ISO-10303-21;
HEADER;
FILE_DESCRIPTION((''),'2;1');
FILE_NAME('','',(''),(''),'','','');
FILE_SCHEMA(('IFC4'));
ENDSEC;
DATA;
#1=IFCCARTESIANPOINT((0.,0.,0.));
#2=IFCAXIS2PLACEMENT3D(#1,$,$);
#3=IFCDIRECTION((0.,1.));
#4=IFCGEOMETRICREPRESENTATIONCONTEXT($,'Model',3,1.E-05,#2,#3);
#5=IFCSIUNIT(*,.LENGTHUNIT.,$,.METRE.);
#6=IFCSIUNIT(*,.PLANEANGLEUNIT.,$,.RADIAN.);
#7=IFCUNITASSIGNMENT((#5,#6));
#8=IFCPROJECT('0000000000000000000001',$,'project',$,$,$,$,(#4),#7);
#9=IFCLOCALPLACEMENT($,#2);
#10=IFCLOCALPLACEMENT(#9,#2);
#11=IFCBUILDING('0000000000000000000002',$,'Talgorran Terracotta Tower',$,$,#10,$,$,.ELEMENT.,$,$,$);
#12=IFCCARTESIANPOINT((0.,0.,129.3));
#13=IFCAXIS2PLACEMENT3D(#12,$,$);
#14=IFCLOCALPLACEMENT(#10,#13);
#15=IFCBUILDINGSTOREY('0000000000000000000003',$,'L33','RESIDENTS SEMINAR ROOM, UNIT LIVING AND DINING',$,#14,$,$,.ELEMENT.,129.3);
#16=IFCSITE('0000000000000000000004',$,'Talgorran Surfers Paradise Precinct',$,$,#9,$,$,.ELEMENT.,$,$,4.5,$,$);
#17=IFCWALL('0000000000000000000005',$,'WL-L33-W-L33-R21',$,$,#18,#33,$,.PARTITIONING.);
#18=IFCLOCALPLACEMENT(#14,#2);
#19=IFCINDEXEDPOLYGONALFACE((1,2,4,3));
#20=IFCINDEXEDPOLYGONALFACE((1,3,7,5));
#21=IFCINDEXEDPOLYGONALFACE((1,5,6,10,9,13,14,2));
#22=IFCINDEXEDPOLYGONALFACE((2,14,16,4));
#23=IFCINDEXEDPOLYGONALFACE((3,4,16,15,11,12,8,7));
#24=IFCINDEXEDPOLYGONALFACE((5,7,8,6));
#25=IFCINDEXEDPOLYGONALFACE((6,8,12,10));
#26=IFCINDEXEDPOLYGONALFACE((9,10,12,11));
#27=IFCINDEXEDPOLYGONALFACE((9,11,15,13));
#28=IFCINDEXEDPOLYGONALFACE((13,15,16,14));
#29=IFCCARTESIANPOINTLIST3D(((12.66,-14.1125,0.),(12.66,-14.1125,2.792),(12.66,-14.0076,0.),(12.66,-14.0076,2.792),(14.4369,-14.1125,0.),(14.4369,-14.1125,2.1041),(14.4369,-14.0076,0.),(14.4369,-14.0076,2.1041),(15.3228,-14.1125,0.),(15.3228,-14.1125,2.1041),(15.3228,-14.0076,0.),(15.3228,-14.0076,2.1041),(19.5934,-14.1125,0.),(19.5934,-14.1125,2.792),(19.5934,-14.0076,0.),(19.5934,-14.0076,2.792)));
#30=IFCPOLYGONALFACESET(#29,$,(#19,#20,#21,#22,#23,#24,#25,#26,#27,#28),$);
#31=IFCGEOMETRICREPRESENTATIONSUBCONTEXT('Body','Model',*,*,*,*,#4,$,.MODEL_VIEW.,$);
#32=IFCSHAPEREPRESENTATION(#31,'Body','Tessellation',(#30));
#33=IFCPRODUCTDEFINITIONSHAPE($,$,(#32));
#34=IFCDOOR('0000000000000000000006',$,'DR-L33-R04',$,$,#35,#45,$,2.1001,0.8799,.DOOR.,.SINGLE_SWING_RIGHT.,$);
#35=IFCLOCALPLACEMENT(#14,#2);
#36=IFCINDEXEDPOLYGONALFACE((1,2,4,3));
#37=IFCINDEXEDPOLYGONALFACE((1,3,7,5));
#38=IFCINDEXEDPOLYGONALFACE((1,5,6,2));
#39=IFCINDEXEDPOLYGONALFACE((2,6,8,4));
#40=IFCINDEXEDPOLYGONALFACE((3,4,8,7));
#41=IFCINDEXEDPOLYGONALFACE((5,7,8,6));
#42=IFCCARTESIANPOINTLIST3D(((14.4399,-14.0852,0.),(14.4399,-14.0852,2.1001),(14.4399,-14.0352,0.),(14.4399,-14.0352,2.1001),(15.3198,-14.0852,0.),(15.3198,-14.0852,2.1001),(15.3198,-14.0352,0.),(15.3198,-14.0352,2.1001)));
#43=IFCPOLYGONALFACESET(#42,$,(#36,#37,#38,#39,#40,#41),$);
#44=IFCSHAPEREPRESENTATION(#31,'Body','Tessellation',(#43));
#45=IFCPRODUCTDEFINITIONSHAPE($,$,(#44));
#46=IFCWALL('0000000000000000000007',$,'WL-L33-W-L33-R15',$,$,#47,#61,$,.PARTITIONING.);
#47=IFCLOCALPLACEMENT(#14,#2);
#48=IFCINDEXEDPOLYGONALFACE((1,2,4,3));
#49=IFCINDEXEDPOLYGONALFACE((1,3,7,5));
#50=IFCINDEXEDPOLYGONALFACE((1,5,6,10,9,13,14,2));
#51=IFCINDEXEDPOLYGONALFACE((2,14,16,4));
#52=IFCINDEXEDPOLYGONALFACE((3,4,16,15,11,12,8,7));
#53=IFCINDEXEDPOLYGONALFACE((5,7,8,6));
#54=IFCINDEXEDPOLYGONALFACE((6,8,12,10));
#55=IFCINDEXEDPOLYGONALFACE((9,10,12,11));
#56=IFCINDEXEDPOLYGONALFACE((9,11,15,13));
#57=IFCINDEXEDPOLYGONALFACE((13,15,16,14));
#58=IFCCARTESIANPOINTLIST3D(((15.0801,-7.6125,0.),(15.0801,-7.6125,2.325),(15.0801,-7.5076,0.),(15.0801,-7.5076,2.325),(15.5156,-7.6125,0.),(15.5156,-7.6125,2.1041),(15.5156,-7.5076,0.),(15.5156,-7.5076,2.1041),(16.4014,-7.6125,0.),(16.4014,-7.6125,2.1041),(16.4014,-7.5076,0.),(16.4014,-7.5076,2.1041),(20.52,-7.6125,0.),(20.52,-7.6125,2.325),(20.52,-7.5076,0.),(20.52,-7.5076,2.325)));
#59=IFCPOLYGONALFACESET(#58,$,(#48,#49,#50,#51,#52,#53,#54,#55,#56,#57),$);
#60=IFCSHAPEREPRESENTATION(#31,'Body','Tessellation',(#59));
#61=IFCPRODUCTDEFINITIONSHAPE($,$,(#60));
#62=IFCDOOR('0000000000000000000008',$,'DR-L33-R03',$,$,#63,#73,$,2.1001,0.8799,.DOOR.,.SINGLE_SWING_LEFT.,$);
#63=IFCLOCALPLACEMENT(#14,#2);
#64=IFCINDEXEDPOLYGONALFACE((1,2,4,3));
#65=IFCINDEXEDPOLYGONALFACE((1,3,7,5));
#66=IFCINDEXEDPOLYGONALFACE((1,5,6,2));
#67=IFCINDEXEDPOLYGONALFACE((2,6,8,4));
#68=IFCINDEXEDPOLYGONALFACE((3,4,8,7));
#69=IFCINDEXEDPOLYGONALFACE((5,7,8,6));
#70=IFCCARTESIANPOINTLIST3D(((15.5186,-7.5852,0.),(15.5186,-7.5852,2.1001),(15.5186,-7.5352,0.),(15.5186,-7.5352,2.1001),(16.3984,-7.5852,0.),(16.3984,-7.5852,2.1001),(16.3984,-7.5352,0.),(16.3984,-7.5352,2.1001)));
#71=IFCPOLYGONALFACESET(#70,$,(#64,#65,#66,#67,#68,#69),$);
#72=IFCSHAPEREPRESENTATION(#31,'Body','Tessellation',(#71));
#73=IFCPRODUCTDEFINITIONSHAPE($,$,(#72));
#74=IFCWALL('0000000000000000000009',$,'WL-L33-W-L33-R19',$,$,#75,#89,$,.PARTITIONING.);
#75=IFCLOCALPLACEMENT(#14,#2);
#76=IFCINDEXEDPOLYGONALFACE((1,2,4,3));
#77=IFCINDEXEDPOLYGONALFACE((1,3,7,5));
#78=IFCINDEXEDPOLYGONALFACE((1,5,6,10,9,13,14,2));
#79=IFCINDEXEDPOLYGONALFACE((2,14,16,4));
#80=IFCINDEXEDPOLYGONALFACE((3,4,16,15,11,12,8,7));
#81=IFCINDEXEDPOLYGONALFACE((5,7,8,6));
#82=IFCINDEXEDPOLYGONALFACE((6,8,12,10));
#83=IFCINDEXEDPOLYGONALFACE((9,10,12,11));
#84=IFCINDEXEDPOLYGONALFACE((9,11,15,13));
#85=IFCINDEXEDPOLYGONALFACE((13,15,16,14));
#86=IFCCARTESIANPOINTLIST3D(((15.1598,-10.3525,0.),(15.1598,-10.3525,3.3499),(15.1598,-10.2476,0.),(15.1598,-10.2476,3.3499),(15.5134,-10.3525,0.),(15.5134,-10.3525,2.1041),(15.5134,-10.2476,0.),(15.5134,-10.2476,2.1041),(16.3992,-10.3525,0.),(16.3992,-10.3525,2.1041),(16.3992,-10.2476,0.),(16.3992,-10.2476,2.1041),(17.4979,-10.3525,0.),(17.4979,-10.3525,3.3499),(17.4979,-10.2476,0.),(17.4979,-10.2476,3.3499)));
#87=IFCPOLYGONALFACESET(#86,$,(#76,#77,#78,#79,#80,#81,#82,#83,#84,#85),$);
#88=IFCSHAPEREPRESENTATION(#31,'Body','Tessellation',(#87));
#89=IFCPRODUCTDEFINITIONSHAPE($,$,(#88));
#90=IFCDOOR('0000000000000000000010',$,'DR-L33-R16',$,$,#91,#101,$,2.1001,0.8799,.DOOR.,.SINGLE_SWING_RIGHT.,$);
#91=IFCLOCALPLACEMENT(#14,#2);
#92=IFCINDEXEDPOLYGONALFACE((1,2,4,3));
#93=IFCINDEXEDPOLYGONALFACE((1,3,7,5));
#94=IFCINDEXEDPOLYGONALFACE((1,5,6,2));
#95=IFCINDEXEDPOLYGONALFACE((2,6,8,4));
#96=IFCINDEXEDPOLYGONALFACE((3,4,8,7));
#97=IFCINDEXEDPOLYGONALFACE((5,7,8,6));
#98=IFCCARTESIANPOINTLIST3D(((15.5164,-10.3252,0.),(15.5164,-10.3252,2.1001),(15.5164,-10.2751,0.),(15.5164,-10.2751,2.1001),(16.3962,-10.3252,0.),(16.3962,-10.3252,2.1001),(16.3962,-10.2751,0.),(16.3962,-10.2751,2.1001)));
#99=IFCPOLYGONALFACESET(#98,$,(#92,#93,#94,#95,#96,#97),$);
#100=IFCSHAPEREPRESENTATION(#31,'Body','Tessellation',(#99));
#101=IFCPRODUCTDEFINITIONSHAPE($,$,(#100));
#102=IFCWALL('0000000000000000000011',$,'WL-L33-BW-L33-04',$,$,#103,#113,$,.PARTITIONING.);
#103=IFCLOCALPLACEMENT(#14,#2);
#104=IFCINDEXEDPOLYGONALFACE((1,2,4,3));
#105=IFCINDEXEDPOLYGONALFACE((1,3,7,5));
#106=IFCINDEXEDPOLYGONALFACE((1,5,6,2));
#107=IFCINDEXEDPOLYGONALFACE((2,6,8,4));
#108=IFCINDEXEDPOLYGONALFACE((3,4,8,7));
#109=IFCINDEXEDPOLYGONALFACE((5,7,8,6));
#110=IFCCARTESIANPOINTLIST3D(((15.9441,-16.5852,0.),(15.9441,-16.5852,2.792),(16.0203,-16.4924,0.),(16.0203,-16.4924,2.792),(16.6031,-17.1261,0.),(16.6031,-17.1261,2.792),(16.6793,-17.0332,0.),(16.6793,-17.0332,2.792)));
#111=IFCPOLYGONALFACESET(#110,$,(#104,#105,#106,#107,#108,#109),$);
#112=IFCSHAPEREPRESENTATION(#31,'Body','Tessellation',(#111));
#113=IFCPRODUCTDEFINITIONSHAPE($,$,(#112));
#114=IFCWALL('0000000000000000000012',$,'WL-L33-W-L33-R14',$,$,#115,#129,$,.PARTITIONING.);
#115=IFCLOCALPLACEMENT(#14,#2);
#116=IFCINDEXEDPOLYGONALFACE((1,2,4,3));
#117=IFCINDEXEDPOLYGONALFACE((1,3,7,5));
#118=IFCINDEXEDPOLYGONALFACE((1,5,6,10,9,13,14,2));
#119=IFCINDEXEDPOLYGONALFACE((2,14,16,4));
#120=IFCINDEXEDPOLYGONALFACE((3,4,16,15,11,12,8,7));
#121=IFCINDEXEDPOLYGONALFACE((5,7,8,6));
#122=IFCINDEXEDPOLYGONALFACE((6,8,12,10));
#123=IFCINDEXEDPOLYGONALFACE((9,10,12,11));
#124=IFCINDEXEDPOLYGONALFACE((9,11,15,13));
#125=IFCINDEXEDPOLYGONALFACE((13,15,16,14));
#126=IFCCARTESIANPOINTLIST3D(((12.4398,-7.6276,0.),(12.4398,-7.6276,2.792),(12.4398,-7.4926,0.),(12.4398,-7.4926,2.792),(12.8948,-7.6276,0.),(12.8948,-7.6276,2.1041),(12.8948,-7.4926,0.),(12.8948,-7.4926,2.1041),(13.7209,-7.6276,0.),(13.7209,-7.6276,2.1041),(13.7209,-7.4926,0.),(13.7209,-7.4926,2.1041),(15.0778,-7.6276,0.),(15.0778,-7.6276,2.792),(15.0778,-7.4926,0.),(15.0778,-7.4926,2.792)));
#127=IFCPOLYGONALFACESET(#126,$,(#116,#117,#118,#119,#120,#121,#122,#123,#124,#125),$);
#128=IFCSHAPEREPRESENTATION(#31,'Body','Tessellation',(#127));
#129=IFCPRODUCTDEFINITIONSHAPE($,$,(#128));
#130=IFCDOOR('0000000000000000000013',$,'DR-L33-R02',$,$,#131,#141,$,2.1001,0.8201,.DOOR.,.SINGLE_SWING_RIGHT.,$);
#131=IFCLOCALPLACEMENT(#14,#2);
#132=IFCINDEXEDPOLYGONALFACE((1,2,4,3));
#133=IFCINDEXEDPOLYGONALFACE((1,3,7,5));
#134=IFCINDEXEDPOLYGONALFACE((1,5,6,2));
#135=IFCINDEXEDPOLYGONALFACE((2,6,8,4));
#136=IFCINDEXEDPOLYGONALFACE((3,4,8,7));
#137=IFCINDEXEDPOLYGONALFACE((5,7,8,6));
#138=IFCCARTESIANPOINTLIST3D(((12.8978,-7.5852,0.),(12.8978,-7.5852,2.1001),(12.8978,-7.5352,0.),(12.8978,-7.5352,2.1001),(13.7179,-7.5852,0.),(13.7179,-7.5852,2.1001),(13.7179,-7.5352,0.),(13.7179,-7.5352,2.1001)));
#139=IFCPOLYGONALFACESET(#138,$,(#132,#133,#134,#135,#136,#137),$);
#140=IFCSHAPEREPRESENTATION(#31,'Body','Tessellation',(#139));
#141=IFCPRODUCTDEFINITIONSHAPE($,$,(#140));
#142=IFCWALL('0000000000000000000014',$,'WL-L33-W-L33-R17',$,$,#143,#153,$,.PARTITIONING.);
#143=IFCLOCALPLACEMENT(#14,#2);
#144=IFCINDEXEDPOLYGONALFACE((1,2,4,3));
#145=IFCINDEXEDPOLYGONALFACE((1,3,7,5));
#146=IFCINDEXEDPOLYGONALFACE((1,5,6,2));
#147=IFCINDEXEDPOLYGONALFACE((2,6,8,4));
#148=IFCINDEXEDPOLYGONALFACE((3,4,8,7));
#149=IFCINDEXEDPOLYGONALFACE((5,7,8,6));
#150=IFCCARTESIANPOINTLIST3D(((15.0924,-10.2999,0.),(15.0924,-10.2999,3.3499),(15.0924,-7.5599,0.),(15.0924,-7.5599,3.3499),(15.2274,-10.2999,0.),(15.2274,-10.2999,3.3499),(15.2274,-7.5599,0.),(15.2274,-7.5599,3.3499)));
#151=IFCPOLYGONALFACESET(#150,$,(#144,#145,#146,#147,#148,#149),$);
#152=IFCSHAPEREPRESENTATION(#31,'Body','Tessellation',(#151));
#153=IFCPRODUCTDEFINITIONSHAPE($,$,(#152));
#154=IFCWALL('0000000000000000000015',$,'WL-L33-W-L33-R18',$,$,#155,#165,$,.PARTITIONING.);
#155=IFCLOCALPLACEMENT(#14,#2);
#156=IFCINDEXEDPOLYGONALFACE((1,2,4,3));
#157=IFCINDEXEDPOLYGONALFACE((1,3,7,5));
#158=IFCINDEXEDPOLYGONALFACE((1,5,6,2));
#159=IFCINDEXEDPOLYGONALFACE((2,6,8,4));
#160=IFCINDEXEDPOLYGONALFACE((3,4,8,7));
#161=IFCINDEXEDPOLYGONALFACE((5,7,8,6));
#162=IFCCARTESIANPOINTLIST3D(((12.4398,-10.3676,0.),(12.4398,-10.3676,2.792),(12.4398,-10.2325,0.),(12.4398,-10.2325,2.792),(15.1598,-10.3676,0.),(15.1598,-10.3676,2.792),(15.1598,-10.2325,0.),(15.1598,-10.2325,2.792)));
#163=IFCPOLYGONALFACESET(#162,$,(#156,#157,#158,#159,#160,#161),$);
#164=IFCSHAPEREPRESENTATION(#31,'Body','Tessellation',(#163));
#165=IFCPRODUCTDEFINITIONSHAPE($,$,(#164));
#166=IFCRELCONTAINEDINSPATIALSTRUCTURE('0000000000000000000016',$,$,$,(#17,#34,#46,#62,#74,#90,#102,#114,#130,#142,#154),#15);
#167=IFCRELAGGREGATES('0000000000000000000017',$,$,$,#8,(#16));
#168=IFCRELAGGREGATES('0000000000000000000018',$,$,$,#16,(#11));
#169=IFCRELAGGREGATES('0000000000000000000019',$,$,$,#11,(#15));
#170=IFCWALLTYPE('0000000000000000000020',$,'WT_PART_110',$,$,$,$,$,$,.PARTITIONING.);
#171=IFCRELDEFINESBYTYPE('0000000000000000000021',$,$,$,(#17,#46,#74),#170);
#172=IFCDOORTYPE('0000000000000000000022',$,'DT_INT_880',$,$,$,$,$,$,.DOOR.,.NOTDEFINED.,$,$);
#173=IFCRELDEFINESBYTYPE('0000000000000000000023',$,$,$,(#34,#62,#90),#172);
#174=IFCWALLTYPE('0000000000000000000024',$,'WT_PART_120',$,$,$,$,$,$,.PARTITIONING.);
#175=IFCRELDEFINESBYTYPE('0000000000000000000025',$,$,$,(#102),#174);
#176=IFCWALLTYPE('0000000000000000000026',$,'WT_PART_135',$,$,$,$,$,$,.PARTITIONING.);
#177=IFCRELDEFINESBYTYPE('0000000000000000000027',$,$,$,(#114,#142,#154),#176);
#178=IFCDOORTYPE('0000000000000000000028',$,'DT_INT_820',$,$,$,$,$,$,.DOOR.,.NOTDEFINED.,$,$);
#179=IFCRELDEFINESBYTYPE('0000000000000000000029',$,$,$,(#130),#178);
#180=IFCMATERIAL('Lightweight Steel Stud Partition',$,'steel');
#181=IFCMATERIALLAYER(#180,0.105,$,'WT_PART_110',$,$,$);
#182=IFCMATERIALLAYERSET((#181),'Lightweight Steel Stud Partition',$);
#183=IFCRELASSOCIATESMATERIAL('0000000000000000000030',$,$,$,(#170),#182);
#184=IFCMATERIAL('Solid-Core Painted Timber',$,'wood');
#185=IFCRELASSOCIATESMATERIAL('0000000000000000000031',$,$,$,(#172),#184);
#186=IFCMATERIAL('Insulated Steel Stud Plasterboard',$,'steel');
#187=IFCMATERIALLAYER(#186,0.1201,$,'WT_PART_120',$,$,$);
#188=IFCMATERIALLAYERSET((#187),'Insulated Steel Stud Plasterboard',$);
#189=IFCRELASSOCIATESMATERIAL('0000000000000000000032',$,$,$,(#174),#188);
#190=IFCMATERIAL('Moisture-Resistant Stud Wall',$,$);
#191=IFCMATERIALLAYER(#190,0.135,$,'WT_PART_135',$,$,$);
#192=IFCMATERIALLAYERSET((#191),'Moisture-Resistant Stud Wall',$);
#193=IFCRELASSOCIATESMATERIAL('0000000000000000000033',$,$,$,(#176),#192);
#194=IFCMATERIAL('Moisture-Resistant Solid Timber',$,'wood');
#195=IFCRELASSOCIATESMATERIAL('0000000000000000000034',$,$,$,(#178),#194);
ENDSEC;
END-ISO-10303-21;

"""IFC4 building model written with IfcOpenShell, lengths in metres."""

from ifc_helpers import new_model, si_unit, direction, frame, frame_2d, origin, place, context, subcontext, project, spatial, rectangle, extrude, material, layer, layer_set, type_object, element, fill, save


model = new_model("IFC4")

# Units and contexts
model_context = context("Model", 3, precision=1e-05, world=origin(), true_north=direction((0.0, 1.0)))
body_context = subcontext(model_context, "Body", "Model", "MODEL_VIEW")
ifc_project = project(units=[si_unit("LENGTHUNIT", "METRE"), si_unit("PLANEANGLEUNIT", "RADIAN")], contexts=[model_context])

# Site, building, storey
site_placement = place(None, origin())
site = spatial("IfcSite", under=ifc_project, at=site_placement, Name="Talgorran Surfers Paradise Precinct", CompositionType="ELEMENT", RefElevation=4.5)
building_placement = place(site_placement, origin())
building = spatial("IfcBuilding", under=site, at=building_placement, Name="Talgorran Terracotta Tower", CompositionType="ELEMENT")
storey_placement = place(building_placement, frame((0.0, 0.0, 129.3)))
storey = spatial("IfcBuildingStorey", under=building, at=storey_placement, Name="L33", Description="RESIDENTS SEMINAR ROOM, UNIT LIVING AND DINING", CompositionType="ELEMENT", Elevation=129.3)

# Walls, openings, doors
ifc_material_1 = material(Name="Lightweight Steel Stud Partition", Category="steel")
ifc_layer_1 = layer(ifc_material_1, 0.105, Name="WT_PART_110")
ifc_layer_set_1 = layer_set([ifc_layer_1], Name="Lightweight Steel Stud Partition")
wall_type_1 = type_object("IfcWallType", Name="WT_PART_110", PredefinedType="PARTITIONING", material=ifc_layer_set_1)
wall_1_placement = place(storey_placement, frame((12.6599, -14.0601, 0.0), z_axis=(0.0, 0.0, 1.0), x_axis=(1.0, 0.0, 0.0)))
wall_1 = element("IfcWall", 1, at=wall_1_placement, inside=storey, type_object=wall_type_1, Name="WL-L33-W-L33-R21", PredefinedType="PARTITIONING", context=body_context, shape_type="SweptSolid", body=[
    extrude(rectangle(XDim=6.9333, YDim=0.105, at=frame_2d((3.4668, 0.0))), origin(), (0.0, 0.0, 1.0), 2.792),
])
opening_1_placement = place(wall_1_placement, frame((1.78, 0.0, 0.0)))
opening_1 = element("IfcOpeningElement", 2, at=opening_1_placement, cuts=wall_1, PredefinedType="OPENING", context=body_context, shape_type="SweptSolid", body=[
    extrude(rectangle(XDim=0.8859, YDim=2.1041, at=frame_2d((0.4399, 1.052))), frame((0.0, 0.0625, 0.0), z_axis=(0.0, -1.0, 0.0), x_axis=(1.0, 0.0, 0.0)), (0.0, 0.0, 1.0), 0.125),
])
ifc_material_2 = material(Name="Solid-Core Painted Timber", Category="wood")
door_type_1 = type_object("IfcDoorType", Name="DT_INT_880", OperationType="NOTDEFINED", PredefinedType="DOOR", material=ifc_material_2)
door_1_placement = place(opening_1_placement, origin())
door_1 = element("IfcDoor", 3, at=door_1_placement, inside=storey, type_object=door_type_1, Name="DR-L33-R04", OperationType="SINGLE_SWING_RIGHT", OverallHeight=2.1001, OverallWidth=0.8799, PredefinedType="DOOR", context=body_context, shape_type="SweptSolid", body=[
    extrude(rectangle(XDim=0.8799, YDim=2.1001, at=frame_2d((0.4399, 1.05))), frame((0.0, 0.0249, 0.0), z_axis=(0.0, -1.0, 0.0), x_axis=(1.0, 0.0, 0.0)), (0.0, 0.0, 1.0), 0.05),
])
fill(opening_1, door_1)
wall_2_placement = place(storey_placement, frame((15.0801, -7.5601, 0.0), z_axis=(0.0, 0.0, 1.0), x_axis=(1.0, 0.0, 0.0)))
wall_2 = element("IfcWall", 4, at=wall_2_placement, inside=storey, type_object=wall_type_1, Name="WL-L33-W-L33-R15", PredefinedType="PARTITIONING", context=body_context, shape_type="SweptSolid", body=[
    extrude(rectangle(XDim=5.4399, YDim=0.105, at=frame_2d((2.72, 0.0))), origin(), (0.0, 0.0, 1.0), 2.325),
])
opening_2_placement = place(wall_2_placement, frame((0.4385, 0.0, 0.0)))
opening_2 = element("IfcOpeningElement", 5, at=opening_2_placement, cuts=wall_2, PredefinedType="OPENING", context=body_context, shape_type="SweptSolid", body=[
    extrude(rectangle(XDim=0.8859, YDim=2.1041, at=frame_2d((0.4399, 1.052))), frame((0.0, 0.0625, 0.0), z_axis=(0.0, -1.0, 0.0), x_axis=(1.0, 0.0, 0.0)), (0.0, 0.0, 1.0), 0.125),
])
door_2_placement = place(opening_2_placement, origin())
door_2 = element("IfcDoor", 6, at=door_2_placement, inside=storey, type_object=door_type_1, Name="DR-L33-R03", OperationType="SINGLE_SWING_LEFT", OverallHeight=2.1001, OverallWidth=0.8799, PredefinedType="DOOR", context=body_context, shape_type="SweptSolid", body=[
    extrude(rectangle(XDim=0.8799, YDim=2.1001, at=frame_2d((0.4399, 1.05))), frame((0.0, 0.0249, 0.0), z_axis=(0.0, -1.0, 0.0), x_axis=(1.0, 0.0, 0.0)), (0.0, 0.0, 1.0), 0.05),
])
fill(opening_2, door_2)
wall_3_placement = place(storey_placement, frame((15.1599, -10.3, 0.0), z_axis=(0.0, 0.0, 1.0), x_axis=(1.0, 0.0, 0.0)))
wall_3 = element("IfcWall", 7, at=wall_3_placement, inside=storey, type_object=wall_type_1, Name="WL-L33-W-L33-R19", PredefinedType="PARTITIONING", context=body_context, shape_type="SweptSolid", body=[
    extrude(rectangle(XDim=2.3381, YDim=0.105, at=frame_2d((1.1689, 0.0))), origin(), (0.0, 0.0, 1.0), 3.3499),
])
opening_3_placement = place(wall_3_placement, frame((0.3564, 0.0, 0.0)))
opening_3 = element("IfcOpeningElement", 8, at=opening_3_placement, cuts=wall_3, PredefinedType="OPENING", context=body_context, shape_type="SweptSolid", body=[
    extrude(rectangle(XDim=0.8859, YDim=2.1041, at=frame_2d((0.4399, 1.052))), frame((0.0, 0.0625, 0.0), z_axis=(0.0, -1.0, 0.0), x_axis=(1.0, 0.0, 0.0)), (0.0, 0.0, 1.0), 0.125),
])
door_3_placement = place(opening_3_placement, origin())
door_3 = element("IfcDoor", 9, at=door_3_placement, inside=storey, type_object=door_type_1, Name="DR-L33-R16", OperationType="SINGLE_SWING_RIGHT", OverallHeight=2.1001, OverallWidth=0.8799, PredefinedType="DOOR", context=body_context, shape_type="SweptSolid", body=[
    extrude(rectangle(XDim=0.8799, YDim=2.1001, at=frame_2d((0.4399, 1.05))), frame((0.0, 0.0249, 0.0), z_axis=(0.0, -1.0, 0.0), x_axis=(1.0, 0.0, 0.0)), (0.0, 0.0, 1.0), 0.05),
])
fill(opening_3, door_3)

# Wall
ifc_material_3 = material(Name="Insulated Steel Stud Plasterboard", Category="steel")
ifc_layer_2 = layer(ifc_material_3, 0.1201, Name="WT_PART_120")
ifc_layer_set_2 = layer_set([ifc_layer_2], Name="Insulated Steel Stud Plasterboard")
wall_type_2 = type_object("IfcWallType", Name="WT_PART_120", PredefinedType="PARTITIONING", material=ifc_layer_set_2)
wall_4_placement = place(storey_placement, frame((15.9822, -16.5388, 0.0), z_axis=(0.0, 0.0, 1.0), x_axis=(0.773012, -0.634391, 0.0)))
element("IfcWall", 10, at=wall_4_placement, inside=storey, type_object=wall_type_2, Name="WL-L33-BW-L33-04", PredefinedType="PARTITIONING", context=body_context, shape_type="SweptSolid", body=[
    extrude(rectangle(XDim=0.8525, YDim=0.1201, at=frame_2d((0.4263, 0.0))), origin(), (0.0, 0.0, 1.0), 2.792),
])

# Wall, opening, door
ifc_material_4 = material(Name="Moisture-Resistant Stud Wall")
ifc_layer_3 = layer(ifc_material_4, 0.135, Name="WT_PART_135")
ifc_layer_set_3 = layer_set([ifc_layer_3], Name="Moisture-Resistant Stud Wall")
wall_type_3 = type_object("IfcWallType", Name="WT_PART_135", PredefinedType="PARTITIONING", material=ifc_layer_set_3)
wall_5_placement = place(storey_placement, frame((12.4399, -7.5601, 0.0), z_axis=(0.0, 0.0, 1.0), x_axis=(1.0, 0.0, 0.0)))
wall_5 = element("IfcWall", 11, at=wall_5_placement, inside=storey, type_object=wall_type_3, Name="WL-L33-W-L33-R14", PredefinedType="PARTITIONING", context=body_context, shape_type="SweptSolid", body=[
    extrude(rectangle(XDim=2.6379, YDim=0.135, at=frame_2d((1.3188, 0.0))), origin(), (0.0, 0.0, 1.0), 2.792),
])
opening_4_placement = place(wall_5_placement, frame((0.4578, 0.0, 0.0)))
opening_4 = element("IfcOpeningElement", 12, at=opening_4_placement, cuts=wall_5, PredefinedType="OPENING", context=body_context, shape_type="SweptSolid", body=[
    extrude(rectangle(XDim=0.8261, YDim=2.1041, at=frame_2d((0.4102, 1.052))), frame((0.0, 0.0776, 0.0), z_axis=(0.0, -1.0, 0.0), x_axis=(1.0, 0.0, 0.0)), (0.0, 0.0, 1.0), 0.155),
])
ifc_material_5 = material(Name="Moisture-Resistant Solid Timber", Category="wood")
door_type_2 = type_object("IfcDoorType", Name="DT_INT_820", OperationType="NOTDEFINED", PredefinedType="DOOR", material=ifc_material_5)
door_4_placement = place(opening_4_placement, origin())
door_4 = element("IfcDoor", 13, at=door_4_placement, inside=storey, type_object=door_type_2, Name="DR-L33-R02", OperationType="SINGLE_SWING_RIGHT", OverallHeight=2.1001, OverallWidth=0.8201, PredefinedType="DOOR", context=body_context, shape_type="SweptSolid", body=[
    extrude(rectangle(XDim=0.8201, YDim=2.1001, at=frame_2d((0.4102, 1.05))), frame((0.0, 0.0249, 0.0), z_axis=(0.0, -1.0, 0.0), x_axis=(1.0, 0.0, 0.0)), (0.0, 0.0, 1.0), 0.05),
])
fill(opening_4, door_4)

# Walls
wall_6_placement = place(storey_placement, frame((15.1599, -10.3, 0.0), z_axis=(0.0, 0.0, 1.0), x_axis=(0.0, 1.0, 0.0)))
element("IfcWall", 14, at=wall_6_placement, inside=storey, type_object=wall_type_3, Name="WL-L33-W-L33-R17", PredefinedType="PARTITIONING", context=body_context, shape_type="SweptSolid", body=[
    extrude(rectangle(XDim=2.74, YDim=0.135, at=frame_2d((1.3701, 0.0))), origin(), (0.0, 0.0, 1.0), 3.3499),
])
wall_7_placement = place(storey_placement, frame((12.4399, -10.3, 0.0), z_axis=(0.0, 0.0, 1.0), x_axis=(1.0, 0.0, 0.0)))
element("IfcWall", 15, at=wall_7_placement, inside=storey, type_object=wall_type_3, Name="WL-L33-W-L33-R18", PredefinedType="PARTITIONING", context=body_context, shape_type="SweptSolid", body=[
    extrude(rectangle(XDim=2.72, YDim=0.135, at=frame_2d((1.3599, 0.0))), origin(), (0.0, 0.0, 1.0), 2.792),
])

save(model, "model.ifc")
